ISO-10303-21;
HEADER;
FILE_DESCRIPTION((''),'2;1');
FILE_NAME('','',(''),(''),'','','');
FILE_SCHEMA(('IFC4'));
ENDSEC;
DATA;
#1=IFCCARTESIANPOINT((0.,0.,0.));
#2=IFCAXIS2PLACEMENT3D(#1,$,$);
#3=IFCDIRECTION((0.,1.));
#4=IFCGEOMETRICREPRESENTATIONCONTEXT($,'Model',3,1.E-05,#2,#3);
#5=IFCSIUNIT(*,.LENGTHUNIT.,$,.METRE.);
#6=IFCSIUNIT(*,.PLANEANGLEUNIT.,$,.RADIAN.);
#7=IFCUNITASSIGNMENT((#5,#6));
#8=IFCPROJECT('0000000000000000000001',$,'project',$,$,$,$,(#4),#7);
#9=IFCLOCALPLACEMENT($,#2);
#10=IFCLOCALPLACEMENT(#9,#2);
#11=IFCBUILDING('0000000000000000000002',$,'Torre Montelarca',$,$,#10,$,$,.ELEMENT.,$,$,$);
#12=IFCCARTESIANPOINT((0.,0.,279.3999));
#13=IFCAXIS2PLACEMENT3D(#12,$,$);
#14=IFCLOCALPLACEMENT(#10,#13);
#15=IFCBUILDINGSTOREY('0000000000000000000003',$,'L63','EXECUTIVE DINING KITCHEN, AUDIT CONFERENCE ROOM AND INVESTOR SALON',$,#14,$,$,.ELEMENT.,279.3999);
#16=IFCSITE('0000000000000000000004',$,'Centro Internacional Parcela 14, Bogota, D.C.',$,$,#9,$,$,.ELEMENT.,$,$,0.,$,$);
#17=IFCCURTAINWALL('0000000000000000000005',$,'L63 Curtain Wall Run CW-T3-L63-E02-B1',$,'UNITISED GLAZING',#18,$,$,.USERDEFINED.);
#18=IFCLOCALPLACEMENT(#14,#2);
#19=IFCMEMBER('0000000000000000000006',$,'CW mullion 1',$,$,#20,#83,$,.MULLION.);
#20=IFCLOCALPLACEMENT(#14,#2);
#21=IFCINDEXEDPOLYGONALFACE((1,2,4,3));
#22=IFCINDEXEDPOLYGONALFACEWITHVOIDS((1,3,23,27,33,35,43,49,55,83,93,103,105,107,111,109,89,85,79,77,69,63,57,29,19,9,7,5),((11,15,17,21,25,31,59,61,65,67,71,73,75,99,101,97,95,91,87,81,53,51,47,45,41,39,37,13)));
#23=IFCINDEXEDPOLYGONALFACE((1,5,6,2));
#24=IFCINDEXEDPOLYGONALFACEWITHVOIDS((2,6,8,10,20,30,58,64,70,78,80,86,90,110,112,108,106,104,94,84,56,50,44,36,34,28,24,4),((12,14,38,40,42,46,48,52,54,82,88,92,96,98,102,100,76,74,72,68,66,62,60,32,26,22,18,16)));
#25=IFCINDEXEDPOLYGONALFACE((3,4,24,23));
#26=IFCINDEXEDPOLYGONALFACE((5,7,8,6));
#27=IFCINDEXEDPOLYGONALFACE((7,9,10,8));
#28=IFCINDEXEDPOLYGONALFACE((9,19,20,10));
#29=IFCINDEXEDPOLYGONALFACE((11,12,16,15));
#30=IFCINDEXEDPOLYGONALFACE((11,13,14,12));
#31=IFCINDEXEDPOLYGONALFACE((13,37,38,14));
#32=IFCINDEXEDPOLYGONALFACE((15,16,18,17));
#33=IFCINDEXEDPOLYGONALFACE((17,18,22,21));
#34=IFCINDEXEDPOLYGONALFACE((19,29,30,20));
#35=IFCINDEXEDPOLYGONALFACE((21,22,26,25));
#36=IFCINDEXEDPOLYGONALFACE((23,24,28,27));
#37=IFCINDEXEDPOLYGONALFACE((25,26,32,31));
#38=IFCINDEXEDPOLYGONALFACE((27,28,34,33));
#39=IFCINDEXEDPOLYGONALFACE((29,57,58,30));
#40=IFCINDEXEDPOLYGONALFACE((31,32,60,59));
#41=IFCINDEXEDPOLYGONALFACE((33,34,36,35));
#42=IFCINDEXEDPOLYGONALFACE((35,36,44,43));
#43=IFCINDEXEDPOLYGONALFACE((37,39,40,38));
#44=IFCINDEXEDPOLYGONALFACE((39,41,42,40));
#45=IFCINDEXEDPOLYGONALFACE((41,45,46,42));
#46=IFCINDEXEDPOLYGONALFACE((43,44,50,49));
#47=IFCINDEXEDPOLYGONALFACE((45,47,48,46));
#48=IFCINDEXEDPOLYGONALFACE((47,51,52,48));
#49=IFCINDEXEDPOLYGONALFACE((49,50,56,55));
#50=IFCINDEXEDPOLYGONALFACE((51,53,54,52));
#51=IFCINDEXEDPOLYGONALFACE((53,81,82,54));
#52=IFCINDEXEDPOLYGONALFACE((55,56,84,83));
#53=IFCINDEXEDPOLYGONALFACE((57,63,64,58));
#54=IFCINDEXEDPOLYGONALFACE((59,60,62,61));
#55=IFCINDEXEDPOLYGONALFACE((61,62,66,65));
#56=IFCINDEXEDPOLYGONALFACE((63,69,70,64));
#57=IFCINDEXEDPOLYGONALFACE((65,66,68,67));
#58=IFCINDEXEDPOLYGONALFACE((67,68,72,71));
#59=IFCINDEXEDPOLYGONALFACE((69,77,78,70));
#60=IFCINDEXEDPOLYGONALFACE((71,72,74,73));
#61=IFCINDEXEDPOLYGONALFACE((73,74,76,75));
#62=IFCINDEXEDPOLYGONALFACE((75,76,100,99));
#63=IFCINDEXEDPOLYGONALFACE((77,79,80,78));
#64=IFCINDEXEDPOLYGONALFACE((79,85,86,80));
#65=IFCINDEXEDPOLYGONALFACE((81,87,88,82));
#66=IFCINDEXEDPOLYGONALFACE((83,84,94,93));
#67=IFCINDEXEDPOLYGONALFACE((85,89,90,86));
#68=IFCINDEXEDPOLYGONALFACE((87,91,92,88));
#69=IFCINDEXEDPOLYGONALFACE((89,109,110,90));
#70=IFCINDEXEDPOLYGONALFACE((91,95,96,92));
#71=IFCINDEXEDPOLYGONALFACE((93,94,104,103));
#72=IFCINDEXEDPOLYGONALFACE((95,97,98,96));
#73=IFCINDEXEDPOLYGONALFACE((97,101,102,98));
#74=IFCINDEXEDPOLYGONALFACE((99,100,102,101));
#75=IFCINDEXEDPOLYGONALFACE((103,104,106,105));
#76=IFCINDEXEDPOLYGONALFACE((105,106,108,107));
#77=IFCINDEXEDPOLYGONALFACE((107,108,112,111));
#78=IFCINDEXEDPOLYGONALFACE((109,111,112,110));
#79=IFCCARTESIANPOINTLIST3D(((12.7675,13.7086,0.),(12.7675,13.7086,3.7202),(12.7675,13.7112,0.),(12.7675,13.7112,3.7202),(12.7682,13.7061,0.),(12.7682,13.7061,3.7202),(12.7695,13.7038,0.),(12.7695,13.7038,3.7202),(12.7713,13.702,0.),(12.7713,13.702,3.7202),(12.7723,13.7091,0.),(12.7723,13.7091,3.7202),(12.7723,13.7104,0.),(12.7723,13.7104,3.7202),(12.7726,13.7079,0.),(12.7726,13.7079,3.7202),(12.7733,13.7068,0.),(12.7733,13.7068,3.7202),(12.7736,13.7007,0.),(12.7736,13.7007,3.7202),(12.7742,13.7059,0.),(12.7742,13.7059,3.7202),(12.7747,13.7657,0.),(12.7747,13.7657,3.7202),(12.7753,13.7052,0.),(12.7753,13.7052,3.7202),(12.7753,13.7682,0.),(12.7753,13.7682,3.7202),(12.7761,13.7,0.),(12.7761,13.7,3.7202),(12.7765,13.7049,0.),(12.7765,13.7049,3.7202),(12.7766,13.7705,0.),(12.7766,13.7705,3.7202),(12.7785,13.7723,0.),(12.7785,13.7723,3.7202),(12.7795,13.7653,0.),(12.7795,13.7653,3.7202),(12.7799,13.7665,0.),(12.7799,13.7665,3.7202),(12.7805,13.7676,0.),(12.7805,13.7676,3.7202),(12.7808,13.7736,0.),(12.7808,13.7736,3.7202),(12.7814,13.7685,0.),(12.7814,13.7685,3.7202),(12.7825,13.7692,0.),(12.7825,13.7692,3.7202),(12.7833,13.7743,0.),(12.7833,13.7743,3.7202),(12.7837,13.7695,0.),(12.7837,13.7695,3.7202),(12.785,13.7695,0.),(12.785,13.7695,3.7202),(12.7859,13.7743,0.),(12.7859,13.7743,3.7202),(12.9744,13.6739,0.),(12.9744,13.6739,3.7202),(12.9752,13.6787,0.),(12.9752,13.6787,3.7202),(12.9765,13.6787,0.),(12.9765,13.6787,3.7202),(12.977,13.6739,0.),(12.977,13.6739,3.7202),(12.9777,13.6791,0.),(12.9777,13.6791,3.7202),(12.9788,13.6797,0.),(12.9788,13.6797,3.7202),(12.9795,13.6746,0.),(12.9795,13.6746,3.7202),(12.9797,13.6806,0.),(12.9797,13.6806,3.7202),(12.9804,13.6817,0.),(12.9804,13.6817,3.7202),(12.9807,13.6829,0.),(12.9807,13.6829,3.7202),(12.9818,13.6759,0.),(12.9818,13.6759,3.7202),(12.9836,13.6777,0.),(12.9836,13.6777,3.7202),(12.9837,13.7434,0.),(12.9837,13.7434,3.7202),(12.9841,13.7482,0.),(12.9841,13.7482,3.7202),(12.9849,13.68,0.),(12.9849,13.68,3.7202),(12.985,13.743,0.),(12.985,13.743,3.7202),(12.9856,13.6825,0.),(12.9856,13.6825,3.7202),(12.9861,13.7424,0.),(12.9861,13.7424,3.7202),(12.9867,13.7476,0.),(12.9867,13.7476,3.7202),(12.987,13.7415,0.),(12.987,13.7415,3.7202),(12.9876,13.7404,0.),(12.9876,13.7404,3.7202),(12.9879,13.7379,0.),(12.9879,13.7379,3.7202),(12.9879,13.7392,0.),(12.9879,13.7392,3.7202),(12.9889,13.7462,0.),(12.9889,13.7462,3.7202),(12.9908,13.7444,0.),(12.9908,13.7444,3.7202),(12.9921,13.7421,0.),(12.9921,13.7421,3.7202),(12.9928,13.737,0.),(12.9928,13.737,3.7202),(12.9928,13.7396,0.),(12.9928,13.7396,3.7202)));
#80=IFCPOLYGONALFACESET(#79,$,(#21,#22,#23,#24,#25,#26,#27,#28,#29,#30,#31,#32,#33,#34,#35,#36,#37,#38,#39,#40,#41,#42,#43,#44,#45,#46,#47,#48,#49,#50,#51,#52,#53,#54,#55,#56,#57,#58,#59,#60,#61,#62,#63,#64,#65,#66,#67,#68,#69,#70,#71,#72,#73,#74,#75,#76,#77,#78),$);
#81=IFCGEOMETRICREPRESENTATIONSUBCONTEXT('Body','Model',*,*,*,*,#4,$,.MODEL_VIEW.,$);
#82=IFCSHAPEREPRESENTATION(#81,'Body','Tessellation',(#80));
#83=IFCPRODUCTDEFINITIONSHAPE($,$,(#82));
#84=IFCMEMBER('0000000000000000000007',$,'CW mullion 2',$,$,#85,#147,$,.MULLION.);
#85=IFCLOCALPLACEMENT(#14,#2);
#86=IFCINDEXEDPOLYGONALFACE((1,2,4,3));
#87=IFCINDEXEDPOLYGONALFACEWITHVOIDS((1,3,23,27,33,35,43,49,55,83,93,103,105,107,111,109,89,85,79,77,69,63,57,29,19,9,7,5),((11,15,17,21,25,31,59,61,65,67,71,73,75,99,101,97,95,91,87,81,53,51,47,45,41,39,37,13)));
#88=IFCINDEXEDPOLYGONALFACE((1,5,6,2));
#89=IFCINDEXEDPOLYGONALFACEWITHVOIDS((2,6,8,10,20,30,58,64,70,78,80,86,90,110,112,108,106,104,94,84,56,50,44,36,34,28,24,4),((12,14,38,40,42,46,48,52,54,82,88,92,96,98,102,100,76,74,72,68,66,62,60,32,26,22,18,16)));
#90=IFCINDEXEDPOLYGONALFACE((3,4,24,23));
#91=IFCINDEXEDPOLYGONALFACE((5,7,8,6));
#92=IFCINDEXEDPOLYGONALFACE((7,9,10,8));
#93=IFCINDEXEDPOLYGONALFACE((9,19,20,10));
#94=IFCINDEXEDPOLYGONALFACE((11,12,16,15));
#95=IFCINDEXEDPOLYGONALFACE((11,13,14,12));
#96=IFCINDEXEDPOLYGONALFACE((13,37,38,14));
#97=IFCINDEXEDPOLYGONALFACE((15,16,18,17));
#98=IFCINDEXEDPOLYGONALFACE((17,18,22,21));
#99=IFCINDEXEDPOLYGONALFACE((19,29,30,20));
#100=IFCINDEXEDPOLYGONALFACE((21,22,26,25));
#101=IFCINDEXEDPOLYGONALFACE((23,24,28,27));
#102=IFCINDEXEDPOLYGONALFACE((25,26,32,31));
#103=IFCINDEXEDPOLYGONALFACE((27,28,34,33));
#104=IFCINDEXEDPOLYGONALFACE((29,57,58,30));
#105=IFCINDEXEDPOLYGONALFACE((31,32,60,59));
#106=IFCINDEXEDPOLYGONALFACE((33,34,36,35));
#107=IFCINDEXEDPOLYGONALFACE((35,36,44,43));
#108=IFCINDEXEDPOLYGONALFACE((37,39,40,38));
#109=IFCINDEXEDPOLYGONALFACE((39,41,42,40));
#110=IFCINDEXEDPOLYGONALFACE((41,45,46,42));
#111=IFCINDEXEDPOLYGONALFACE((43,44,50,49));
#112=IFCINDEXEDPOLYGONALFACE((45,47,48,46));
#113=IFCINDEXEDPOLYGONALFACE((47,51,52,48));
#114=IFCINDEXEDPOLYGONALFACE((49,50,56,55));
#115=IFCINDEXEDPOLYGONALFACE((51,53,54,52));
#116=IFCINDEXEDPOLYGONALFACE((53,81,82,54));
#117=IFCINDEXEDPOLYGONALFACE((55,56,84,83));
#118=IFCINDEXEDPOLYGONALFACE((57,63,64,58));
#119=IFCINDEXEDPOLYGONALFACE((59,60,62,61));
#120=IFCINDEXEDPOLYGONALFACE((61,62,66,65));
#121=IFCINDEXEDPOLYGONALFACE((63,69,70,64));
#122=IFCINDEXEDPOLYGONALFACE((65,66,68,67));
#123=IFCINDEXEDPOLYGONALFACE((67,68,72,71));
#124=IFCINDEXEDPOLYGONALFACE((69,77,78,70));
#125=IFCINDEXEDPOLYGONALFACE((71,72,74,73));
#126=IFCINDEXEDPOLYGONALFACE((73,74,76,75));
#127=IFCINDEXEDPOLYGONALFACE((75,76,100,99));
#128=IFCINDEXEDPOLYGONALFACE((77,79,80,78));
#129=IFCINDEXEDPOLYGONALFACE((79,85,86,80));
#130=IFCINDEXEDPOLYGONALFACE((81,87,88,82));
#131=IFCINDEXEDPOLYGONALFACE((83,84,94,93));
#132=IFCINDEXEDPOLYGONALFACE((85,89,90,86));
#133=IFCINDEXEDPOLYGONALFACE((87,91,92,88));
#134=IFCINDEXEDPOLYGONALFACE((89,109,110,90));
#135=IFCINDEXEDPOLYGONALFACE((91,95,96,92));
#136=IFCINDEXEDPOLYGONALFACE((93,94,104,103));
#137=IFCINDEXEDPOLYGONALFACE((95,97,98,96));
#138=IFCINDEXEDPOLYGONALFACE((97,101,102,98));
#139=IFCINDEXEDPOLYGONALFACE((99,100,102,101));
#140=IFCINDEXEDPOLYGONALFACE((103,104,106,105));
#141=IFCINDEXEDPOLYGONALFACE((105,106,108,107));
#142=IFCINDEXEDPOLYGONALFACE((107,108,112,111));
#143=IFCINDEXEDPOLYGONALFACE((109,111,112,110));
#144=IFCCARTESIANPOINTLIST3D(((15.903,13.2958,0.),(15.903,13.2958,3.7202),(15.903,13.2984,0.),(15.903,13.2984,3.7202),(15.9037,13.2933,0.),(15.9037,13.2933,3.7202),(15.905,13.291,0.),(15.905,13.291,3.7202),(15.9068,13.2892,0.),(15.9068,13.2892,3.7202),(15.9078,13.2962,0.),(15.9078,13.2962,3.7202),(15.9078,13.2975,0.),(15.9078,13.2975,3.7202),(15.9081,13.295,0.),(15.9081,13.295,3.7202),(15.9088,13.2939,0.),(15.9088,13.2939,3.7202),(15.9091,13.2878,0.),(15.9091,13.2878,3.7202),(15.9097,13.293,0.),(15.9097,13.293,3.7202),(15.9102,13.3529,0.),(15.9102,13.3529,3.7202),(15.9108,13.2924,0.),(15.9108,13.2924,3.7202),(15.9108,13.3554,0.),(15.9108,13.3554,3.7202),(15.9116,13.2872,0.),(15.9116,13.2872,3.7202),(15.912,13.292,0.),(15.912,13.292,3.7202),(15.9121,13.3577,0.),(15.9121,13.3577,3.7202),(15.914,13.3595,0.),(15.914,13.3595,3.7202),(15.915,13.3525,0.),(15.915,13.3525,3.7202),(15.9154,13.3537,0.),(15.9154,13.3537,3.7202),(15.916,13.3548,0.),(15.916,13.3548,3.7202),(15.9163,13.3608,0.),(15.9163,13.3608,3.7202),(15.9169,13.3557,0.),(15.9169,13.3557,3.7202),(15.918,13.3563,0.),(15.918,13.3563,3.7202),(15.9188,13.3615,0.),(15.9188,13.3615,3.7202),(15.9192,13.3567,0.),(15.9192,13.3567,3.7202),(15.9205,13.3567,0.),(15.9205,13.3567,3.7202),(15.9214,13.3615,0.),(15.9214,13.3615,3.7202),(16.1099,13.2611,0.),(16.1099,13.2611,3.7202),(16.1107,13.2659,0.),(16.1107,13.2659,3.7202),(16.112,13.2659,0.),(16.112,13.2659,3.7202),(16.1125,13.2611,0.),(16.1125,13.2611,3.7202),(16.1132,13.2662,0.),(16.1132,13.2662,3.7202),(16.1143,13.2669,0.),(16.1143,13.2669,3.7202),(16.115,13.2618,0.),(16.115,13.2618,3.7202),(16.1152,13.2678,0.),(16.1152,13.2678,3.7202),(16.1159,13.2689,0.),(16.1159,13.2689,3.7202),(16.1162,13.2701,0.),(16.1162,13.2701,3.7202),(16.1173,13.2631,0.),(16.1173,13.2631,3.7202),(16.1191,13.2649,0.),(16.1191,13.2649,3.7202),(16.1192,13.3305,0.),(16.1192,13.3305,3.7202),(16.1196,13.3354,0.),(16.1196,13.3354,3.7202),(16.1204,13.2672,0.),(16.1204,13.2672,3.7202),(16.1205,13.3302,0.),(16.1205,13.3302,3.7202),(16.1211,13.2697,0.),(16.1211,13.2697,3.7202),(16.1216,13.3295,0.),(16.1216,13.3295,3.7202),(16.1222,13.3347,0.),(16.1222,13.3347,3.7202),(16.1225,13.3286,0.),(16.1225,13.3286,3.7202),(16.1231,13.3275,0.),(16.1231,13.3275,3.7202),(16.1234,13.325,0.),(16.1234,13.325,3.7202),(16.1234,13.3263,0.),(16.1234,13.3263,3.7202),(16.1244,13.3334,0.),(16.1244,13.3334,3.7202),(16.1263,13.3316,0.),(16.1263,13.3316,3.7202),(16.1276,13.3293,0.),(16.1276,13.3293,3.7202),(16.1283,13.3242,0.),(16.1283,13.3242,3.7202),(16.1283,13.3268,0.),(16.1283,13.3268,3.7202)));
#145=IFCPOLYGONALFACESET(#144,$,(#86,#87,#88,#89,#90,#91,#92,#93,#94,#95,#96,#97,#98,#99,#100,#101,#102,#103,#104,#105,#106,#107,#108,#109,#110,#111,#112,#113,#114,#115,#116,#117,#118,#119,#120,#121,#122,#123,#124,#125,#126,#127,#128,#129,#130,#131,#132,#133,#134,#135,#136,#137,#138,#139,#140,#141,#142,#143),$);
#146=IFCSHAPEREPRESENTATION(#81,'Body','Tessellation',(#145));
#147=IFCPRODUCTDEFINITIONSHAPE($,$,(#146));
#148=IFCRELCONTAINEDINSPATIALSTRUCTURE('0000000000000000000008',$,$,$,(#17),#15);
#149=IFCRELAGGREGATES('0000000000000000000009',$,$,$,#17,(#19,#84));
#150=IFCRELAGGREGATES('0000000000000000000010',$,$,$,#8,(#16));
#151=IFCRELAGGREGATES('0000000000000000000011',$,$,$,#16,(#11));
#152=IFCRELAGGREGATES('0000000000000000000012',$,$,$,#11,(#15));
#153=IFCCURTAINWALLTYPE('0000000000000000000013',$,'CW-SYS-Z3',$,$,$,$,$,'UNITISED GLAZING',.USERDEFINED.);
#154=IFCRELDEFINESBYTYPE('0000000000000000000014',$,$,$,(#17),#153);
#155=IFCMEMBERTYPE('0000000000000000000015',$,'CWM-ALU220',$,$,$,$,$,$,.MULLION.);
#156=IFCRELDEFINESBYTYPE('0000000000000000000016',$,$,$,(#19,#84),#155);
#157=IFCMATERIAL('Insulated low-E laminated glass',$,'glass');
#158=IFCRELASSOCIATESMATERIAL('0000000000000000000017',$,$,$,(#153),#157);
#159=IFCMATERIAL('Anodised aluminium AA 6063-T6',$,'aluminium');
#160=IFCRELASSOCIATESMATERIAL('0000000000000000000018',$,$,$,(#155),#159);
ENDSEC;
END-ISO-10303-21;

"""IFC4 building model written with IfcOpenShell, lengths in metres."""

from ifc_helpers import new_model, si_unit, direction, frame, origin, origin_2d, place, context, subcontext, project, spatial, hollow_rectangle, extrude, source, transform, mapped, material, material_profile, profile_set, type_object, element, aggregate, save


model = new_model("IFC4")

# Units and contexts
model_context = context("Model", 3, precision=1e-05, world=origin(), true_north=direction((0.0, 1.0)))
body_context = subcontext(model_context, "Body", "Model", "MODEL_VIEW")
ifc_project = project(units=[si_unit("LENGTHUNIT", "METRE"), si_unit("PLANEANGLEUNIT", "RADIAN")], contexts=[model_context])

# Site, building, storey
site_placement = place(None, origin())
site = spatial("IfcSite", under=ifc_project, at=site_placement, Name="Centro Internacional Parcela 14, Bogota, D.C.", CompositionType="ELEMENT", RefElevation=0.0)
building_placement = place(site_placement, origin())
building = spatial("IfcBuilding", under=site, at=building_placement, Name="Torre Montelarca", CompositionType="ELEMENT")
storey_placement = place(building_placement, frame((0.0, 0.0, 279.3999)))
storey = spatial("IfcBuildingStorey", under=building, at=storey_placement, Name="L63", Description="EXECUTIVE DINING KITCHEN, AUDIT CONFERENCE ROOM AND INVESTOR SALON", CompositionType="ELEMENT", Elevation=279.3999)

# Curtain wall
ifc_material_1 = material(Name="Insulated low-E laminated glass", Category="glass")
curtain_wall_type = type_object("IfcCurtainWallType", Name="CW-SYS-Z3", ElementType="UNITISED GLAZING", PredefinedType="USERDEFINED", material=ifc_material_1)
curtain_wall_1_placement = place(storey_placement, origin())
curtain_wall_1 = element("IfcCurtainWall", 1, at=curtain_wall_1_placement, inside=storey, type_object=curtain_wall_type, Name="L63 Curtain Wall Run CW-T3-L63-E02-B1", ObjectType="UNITISED GLAZING", PredefinedType="USERDEFINED")
ifc_material_2 = material(Name="Anodised aluminium AA 6063-T6", Category="aluminium")

# Members
ifc_material_profile_1 = material_profile(ifc_material_2, hollow_rectangle(XDim=0.075, YDim=0.22, WallThickness=0.0049, InnerFilletRadius=0.0049, OuterFilletRadius=0.01, at=origin_2d()), Name="ALU75X220X5", Category="aluminium")
ifc_profile_set_1 = profile_set([ifc_material_profile_1], Name="Anodised aluminium AA 6063-T6")
member_type_1 = type_object("IfcMemberType", Name="CWM-ALU220", PredefinedType="MULLION", material=ifc_profile_set_1)
shared_shape_1 = source(origin(), body_context, "Body", "SweptSolid", [
    extrude(hollow_rectangle(XDim=0.075, YDim=0.22, WallThickness=0.0049, InnerFilletRadius=0.0049, OuterFilletRadius=0.01, at=origin_2d()), origin(), (0.0, 0.0, 1.0), 3.7202),
])
member_1_placement = place(storey_placement, frame((12.8801, 13.7241, 0.0), z_axis=(0.0, 0.0, 1.0), x_axis=(0.130515, 0.991446, 0.0)))
member_1 = element("IfcMember", 2, at=member_1_placement, type_object=member_type_1, Name="CW mullion 1", PredefinedType="MULLION", context=body_context, shape_type="MappedRepresentation", body=[
    mapped(shared_shape_1, transform((0.0, 0.0, 0.0), scale=1.0)),
])
member_2_placement = place(storey_placement, frame((16.0156, 13.3113, 0.0), z_axis=(0.0, 0.0, 1.0), x_axis=(0.130515, 0.991446, 0.0)))
member_2 = element("IfcMember", 3, at=member_2_placement, type_object=member_type_1, Name="CW mullion 2", PredefinedType="MULLION", context=body_context, shape_type="MappedRepresentation", body=[
    mapped(shared_shape_1, transform((0.0, 0.0, 0.0), scale=1.0)),
])

aggregate(curtain_wall_1, [member_1, member_2])

save(model, "model.ifc")
